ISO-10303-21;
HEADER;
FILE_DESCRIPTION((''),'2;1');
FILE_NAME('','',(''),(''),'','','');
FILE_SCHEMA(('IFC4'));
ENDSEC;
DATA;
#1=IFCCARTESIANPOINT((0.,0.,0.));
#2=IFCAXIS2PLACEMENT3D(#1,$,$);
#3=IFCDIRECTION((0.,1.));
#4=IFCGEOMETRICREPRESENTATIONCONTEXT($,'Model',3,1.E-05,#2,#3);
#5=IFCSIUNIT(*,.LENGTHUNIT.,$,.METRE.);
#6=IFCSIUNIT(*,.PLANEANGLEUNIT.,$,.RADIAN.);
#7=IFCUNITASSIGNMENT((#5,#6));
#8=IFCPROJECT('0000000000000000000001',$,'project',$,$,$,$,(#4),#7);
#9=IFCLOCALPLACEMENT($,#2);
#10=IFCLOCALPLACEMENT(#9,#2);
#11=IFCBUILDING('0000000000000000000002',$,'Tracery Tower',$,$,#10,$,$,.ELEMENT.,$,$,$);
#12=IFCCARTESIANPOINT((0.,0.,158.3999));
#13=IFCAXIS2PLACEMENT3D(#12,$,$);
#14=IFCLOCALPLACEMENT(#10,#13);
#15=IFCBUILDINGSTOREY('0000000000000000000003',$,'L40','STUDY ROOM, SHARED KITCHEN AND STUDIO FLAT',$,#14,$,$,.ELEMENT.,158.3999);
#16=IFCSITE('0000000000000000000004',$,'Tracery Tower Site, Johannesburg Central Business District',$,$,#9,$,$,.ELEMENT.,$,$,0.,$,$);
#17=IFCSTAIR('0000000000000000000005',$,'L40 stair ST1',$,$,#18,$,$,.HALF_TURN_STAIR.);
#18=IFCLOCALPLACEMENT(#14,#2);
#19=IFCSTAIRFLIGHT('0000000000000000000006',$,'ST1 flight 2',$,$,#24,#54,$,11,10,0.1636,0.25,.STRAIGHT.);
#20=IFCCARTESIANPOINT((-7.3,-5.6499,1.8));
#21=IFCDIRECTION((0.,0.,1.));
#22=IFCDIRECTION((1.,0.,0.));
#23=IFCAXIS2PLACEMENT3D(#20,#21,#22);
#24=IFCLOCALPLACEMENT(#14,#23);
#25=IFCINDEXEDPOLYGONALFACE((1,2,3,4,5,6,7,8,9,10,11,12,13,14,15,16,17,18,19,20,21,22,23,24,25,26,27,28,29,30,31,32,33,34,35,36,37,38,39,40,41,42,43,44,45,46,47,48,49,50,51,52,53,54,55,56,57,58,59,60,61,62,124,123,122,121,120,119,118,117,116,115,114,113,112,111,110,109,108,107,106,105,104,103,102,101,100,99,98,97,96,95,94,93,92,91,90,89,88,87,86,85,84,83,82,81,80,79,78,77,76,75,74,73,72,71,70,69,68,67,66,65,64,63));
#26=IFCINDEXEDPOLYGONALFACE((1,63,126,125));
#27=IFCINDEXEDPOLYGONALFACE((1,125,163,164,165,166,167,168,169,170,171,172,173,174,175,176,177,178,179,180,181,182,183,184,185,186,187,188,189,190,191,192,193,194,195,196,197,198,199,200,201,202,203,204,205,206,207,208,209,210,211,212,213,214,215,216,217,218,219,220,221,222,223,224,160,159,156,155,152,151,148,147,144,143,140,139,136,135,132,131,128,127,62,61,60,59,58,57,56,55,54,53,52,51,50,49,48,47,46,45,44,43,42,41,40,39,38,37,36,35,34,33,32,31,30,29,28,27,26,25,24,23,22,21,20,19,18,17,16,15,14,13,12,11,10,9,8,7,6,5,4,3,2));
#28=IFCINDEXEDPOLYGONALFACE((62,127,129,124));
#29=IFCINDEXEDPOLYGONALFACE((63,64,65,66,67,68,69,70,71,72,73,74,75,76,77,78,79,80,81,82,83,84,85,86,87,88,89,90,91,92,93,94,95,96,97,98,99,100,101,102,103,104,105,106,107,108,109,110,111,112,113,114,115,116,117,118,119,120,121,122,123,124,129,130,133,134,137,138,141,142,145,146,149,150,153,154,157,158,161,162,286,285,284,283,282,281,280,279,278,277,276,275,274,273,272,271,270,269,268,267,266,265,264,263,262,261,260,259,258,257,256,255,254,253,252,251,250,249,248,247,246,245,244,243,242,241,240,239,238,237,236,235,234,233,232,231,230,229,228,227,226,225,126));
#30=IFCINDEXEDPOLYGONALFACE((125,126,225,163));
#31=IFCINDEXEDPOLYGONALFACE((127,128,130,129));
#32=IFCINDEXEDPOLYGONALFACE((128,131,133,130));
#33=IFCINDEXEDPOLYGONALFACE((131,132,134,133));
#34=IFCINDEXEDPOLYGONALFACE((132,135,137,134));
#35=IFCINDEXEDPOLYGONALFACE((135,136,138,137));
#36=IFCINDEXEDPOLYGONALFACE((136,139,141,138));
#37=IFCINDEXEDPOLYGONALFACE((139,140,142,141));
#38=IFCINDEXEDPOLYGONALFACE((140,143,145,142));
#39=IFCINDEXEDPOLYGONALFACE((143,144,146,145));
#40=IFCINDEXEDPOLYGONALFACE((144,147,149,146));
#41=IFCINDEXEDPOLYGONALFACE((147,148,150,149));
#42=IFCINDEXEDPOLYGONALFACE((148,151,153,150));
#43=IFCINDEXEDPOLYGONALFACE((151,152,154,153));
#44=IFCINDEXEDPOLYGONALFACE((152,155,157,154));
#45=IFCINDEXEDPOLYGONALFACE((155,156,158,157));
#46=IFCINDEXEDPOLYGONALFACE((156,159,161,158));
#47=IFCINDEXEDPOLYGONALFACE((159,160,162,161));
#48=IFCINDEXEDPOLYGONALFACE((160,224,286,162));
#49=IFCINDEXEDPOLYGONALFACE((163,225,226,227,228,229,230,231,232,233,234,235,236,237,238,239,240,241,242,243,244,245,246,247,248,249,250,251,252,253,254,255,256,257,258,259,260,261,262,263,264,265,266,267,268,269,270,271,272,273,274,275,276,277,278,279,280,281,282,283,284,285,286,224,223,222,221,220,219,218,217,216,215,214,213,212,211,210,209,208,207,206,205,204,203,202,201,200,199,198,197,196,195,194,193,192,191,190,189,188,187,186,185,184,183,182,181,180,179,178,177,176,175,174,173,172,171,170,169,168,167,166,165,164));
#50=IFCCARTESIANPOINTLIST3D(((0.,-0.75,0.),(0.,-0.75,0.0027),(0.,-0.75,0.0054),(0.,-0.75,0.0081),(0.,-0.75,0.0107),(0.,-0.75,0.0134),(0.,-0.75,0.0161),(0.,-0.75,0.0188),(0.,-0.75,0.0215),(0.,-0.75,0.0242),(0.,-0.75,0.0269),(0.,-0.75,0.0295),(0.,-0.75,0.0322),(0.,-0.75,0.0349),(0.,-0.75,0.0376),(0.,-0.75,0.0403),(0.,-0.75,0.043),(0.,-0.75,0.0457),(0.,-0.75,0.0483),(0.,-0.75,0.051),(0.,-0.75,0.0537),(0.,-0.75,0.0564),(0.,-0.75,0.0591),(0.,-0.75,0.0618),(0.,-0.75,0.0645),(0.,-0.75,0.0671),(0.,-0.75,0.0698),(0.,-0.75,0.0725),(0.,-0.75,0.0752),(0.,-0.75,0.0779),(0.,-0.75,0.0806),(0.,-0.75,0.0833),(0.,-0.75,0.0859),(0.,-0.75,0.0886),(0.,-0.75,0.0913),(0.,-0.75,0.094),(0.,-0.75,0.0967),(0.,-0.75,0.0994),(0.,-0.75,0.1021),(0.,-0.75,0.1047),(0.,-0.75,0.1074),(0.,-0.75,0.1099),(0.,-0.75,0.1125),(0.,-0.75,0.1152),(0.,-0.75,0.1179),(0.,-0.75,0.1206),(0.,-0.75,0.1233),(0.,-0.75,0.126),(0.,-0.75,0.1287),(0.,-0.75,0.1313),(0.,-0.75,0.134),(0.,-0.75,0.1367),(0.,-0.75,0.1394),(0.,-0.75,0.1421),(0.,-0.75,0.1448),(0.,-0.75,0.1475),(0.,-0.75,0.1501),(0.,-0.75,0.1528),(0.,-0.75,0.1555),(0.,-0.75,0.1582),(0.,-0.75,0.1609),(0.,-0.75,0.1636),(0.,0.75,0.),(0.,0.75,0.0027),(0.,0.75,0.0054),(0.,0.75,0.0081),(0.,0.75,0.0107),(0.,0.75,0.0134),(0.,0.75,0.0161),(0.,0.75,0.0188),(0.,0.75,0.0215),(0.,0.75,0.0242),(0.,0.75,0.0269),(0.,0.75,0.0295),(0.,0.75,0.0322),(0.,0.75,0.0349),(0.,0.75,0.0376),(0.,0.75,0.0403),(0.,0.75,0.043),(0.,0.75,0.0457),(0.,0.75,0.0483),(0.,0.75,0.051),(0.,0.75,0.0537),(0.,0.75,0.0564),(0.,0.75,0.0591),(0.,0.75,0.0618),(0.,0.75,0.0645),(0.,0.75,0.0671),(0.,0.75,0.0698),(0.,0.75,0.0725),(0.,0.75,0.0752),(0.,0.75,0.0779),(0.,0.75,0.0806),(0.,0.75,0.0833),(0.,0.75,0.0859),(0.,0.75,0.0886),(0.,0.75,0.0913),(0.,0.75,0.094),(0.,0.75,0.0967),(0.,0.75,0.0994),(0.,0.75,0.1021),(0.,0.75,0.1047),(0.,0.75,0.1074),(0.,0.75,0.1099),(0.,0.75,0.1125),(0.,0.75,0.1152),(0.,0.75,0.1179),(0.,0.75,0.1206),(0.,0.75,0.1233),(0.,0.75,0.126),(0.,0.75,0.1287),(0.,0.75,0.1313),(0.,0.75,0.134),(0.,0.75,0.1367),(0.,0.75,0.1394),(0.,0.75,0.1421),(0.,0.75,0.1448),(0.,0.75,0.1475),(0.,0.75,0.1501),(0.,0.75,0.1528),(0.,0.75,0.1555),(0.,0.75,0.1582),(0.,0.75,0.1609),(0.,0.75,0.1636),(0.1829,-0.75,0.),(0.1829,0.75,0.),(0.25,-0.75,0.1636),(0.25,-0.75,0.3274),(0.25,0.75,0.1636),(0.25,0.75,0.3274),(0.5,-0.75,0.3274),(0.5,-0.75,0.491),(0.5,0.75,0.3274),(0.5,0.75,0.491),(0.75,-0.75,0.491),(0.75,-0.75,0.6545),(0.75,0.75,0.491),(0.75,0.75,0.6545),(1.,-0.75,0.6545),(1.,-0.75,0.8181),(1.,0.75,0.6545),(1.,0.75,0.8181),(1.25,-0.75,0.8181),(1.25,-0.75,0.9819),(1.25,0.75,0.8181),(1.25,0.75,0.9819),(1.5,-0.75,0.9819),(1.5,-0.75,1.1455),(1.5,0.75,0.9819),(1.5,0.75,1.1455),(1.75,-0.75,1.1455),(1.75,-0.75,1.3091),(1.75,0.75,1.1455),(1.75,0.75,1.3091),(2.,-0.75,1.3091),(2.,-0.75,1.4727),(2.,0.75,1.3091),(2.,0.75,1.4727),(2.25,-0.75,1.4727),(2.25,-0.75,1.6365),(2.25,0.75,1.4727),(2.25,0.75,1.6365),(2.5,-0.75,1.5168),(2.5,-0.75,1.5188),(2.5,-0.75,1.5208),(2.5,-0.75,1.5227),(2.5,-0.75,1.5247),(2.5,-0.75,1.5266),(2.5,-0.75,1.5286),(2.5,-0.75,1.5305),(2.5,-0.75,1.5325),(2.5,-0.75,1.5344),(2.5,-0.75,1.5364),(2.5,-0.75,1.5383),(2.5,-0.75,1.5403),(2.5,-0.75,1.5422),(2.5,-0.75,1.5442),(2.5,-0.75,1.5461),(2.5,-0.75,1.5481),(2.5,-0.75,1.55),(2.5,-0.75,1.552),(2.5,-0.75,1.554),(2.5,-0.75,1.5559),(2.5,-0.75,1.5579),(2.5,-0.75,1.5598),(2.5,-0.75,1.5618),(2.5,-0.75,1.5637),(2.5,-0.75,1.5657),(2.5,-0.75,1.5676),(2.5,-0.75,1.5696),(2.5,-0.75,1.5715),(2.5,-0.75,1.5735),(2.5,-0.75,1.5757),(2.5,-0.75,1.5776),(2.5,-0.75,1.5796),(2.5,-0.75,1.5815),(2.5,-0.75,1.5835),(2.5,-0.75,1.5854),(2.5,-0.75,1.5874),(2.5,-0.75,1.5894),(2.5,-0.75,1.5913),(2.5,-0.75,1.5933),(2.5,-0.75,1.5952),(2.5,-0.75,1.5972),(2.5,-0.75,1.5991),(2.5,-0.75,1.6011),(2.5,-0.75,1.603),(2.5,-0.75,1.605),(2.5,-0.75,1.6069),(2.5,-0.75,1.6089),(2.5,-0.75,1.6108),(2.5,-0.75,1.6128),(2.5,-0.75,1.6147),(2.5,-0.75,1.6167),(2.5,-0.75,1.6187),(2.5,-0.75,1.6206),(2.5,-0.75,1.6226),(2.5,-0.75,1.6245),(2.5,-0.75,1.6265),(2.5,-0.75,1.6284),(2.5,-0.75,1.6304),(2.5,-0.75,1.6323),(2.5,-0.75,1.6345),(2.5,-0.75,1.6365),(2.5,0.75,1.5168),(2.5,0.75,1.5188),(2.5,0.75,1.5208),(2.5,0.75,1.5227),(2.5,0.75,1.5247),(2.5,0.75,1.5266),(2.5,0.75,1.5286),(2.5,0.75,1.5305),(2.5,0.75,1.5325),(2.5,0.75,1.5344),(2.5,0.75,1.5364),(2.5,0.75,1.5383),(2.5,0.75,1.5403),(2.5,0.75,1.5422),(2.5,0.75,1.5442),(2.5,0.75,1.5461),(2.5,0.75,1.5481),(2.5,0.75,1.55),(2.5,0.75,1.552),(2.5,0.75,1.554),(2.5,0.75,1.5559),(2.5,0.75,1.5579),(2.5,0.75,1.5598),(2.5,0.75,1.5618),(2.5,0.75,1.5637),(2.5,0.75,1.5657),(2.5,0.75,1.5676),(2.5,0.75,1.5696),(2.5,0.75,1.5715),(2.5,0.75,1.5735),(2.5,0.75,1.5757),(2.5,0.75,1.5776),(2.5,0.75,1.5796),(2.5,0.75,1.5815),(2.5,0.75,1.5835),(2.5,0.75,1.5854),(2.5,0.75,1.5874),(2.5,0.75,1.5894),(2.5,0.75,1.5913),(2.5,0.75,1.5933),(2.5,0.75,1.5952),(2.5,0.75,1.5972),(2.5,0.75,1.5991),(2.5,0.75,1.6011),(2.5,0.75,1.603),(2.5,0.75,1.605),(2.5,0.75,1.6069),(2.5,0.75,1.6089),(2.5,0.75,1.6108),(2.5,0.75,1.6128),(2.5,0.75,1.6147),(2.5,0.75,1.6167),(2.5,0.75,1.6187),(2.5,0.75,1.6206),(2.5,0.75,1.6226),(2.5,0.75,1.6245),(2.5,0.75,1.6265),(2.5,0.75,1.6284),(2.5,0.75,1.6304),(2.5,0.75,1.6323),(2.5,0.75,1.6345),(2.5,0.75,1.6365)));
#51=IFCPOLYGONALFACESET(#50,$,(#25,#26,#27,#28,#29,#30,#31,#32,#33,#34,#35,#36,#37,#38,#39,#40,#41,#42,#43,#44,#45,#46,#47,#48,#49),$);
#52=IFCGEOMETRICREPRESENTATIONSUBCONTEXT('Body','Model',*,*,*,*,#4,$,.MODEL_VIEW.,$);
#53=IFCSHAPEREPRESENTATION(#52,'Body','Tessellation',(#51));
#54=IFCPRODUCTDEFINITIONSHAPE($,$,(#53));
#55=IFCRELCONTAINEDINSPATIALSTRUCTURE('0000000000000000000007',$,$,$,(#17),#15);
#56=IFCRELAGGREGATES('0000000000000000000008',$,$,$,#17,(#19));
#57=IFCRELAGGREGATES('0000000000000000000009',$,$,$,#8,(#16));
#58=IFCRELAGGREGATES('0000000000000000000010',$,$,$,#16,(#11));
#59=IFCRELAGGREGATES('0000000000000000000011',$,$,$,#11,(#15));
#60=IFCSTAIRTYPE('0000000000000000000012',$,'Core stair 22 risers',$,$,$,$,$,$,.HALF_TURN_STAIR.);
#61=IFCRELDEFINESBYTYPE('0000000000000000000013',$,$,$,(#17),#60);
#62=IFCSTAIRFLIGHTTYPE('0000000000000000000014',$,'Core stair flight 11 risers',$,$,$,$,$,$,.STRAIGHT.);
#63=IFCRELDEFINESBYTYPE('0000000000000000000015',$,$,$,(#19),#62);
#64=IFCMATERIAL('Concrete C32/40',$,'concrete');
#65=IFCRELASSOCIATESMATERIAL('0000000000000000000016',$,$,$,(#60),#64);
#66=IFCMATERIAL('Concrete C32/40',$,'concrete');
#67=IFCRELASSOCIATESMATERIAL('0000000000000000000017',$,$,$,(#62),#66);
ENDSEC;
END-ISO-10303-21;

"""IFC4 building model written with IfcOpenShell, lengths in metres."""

from ifc_helpers import new_model, si_unit, direction, frame, origin, place, context, subcontext, project, spatial, polyline, outline, extrude, material, type_object, element, aggregate, save


model = new_model("IFC4")

# Units and contexts
model_context = context("Model", 3, precision=1e-05, world=origin(), true_north=direction((0.0, 1.0)))
body_context = subcontext(model_context, "Body", "Model", "MODEL_VIEW")
ifc_project = project(units=[si_unit("LENGTHUNIT", "METRE"), si_unit("PLANEANGLEUNIT", "RADIAN")], contexts=[model_context])

# Site, building, storey
site_placement = place(None, origin())
site = spatial("IfcSite", under=ifc_project, at=site_placement, Name="Tracery Tower Site, Johannesburg Central Business District", CompositionType="ELEMENT", RefElevation=0.0)
building_placement = place(site_placement, origin())
building = spatial("IfcBuilding", under=site, at=building_placement, Name="Tracery Tower", CompositionType="ELEMENT")
storey_placement = place(building_placement, frame((0.0, 0.0, 158.3999)))
storey = spatial("IfcBuildingStorey", under=building, at=storey_placement, Name="L40", Description="STUDY ROOM, SHARED KITCHEN AND STUDIO FLAT", CompositionType="ELEMENT", Elevation=158.3999)

# Stair, stair flight
ifc_material_1 = material(Name="Concrete C32/40", Category="concrete")
stair_type = type_object("IfcStairType", Name="Core stair 22 risers", PredefinedType="HALF_TURN_STAIR", material=ifc_material_1)
stair_placement = place(storey_placement, origin())
stair = element("IfcStair", 1, at=stair_placement, inside=storey, type_object=stair_type, Name="L40 stair ST1", PredefinedType="HALF_TURN_STAIR")
ifc_material_2 = material(Name="Concrete C32/40", Category="concrete")
stair_flight_type = type_object("IfcStairFlightType", Name="Core stair flight 11 risers", PredefinedType="STRAIGHT", material=ifc_material_2)
stair_flight_1_placement = place(storey_placement, frame((-7.3, -5.6499, 1.8), z_axis=(0.0, 0.0, 1.0), x_axis=(1.0, 0.0, 0.0)))
stair_flight_1 = element("IfcStairFlight", 2, at=stair_flight_1_placement, type_object=stair_flight_type, Name="ST1 flight 2", NumberOfRisers=11, NumberOfTreads=10, PredefinedType="STRAIGHT", RiserHeight=0.1636, TreadLength=0.25, context=body_context, shape_type="SweptSolid", body=[
    extrude(outline(polyline([(0.0, 0.0), (0.0, 0.0027), (0.0, 0.0054), (0.0, 0.0081), (0.0, 0.0107), (0.0, 0.0134), (0.0, 0.0161), (0.0, 0.0188), (0.0, 0.0215), (0.0, 0.0242), (0.0, 0.0269), (0.0, 0.0295), (0.0, 0.0322), (0.0, 0.0349), (0.0, 0.0376), (0.0, 0.0403), (0.0, 0.043), (0.0, 0.0457), (0.0, 0.0483), (0.0, 0.051), (0.0, 0.0537), (0.0, 0.0564), (0.0, 0.0591), (0.0, 0.0618), (0.0, 0.0645), (0.0, 0.0671), (0.0, 0.0698), (0.0, 0.0725), (0.0, 0.0752), (0.0, 0.0779), (0.0, 0.0806), (0.0, 0.0833), (0.0, 0.0859), (0.0, 0.0886), (0.0, 0.0913), (0.0, 0.094), (0.0, 0.0967), (0.0, 0.0994), (0.0, 0.1021), (0.0, 0.1047), (0.0, 0.1074), (0.0, 0.1099), (0.0, 0.1125), (0.0, 0.1152), (0.0, 0.1179), (0.0, 0.1206), (0.0, 0.1233), (0.0, 0.126), (0.0, 0.1287), (0.0, 0.1313), (0.0, 0.134), (0.0, 0.1367), (0.0, 0.1394), (0.0, 0.1421), (0.0, 0.1448), (0.0, 0.1475), (0.0, 0.1501), (0.0, 0.1528), (0.0, 0.1555), (0.0, 0.1582), (0.0, 0.1609), (0.0, 0.1636), (0.25, 0.1636), (0.25, 0.3274), (0.5, 0.3274), (0.5, 0.491), (0.75, 0.491), (0.75, 0.6545), (1.0, 0.6545), (1.0, 0.8181), (1.25, 0.8181), (1.25, 0.9819), (1.5, 0.9819), (1.5, 1.1455), (1.75, 1.1455), (1.75, 1.3091), (2.0, 1.3091), (2.0, 1.4727), (2.25, 1.4727), (2.25, 1.6365), (2.5, 1.6365), (2.5, 1.6345), (2.5, 1.6323), (2.5, 1.6304), (2.5, 1.6284), (2.5, 1.6265), (2.5, 1.6245), (2.5, 1.6226), (2.5, 1.6206), (2.5, 1.6187), (2.5, 1.6167), (2.5, 1.6147), (2.5, 1.6128), (2.5, 1.6108), (2.5, 1.6089), (2.5, 1.6069), (2.5, 1.605), (2.5, 1.603), (2.5, 1.6011), (2.5, 1.5991), (2.5, 1.5972), (2.5, 1.5952), (2.5, 1.5933), (2.5, 1.5913), (2.5, 1.5894), (2.5, 1.5874), (2.5, 1.5854), (2.5, 1.5835), (2.5, 1.5815), (2.5, 1.5796), (2.5, 1.5776), (2.5, 1.5757), (2.5, 1.5735), (2.5, 1.5715), (2.5, 1.5696), (2.5, 1.5676), (2.5, 1.5657), (2.5, 1.5637), (2.5, 1.5618), (2.5, 1.5598), (2.5, 1.5579), (2.5, 1.5559), (2.5, 1.554), (2.5, 1.552), (2.5, 1.55), (2.5, 1.5481), (2.5, 1.5461), (2.5, 1.5442), (2.5, 1.5422), (2.5, 1.5403), (2.5, 1.5383), (2.5, 1.5364), (2.5, 1.5344), (2.5, 1.5325), (2.5, 1.5305), (2.5, 1.5286), (2.5, 1.5266), (2.5, 1.5247), (2.5, 1.5227), (2.5, 1.5208), (2.5, 1.5188), (2.5, 1.5168), (0.1829, 0.0), (0.0, 0.0)])), frame((0.0, 0.75, 0.0), z_axis=(0.0, -1.0, 0.0), x_axis=(1.0, 0.0, 0.0)), (0.0, 0.0, 1.0), 1.5),
])
aggregate(stair, [stair_flight_1])

save(model, "model.ifc")
